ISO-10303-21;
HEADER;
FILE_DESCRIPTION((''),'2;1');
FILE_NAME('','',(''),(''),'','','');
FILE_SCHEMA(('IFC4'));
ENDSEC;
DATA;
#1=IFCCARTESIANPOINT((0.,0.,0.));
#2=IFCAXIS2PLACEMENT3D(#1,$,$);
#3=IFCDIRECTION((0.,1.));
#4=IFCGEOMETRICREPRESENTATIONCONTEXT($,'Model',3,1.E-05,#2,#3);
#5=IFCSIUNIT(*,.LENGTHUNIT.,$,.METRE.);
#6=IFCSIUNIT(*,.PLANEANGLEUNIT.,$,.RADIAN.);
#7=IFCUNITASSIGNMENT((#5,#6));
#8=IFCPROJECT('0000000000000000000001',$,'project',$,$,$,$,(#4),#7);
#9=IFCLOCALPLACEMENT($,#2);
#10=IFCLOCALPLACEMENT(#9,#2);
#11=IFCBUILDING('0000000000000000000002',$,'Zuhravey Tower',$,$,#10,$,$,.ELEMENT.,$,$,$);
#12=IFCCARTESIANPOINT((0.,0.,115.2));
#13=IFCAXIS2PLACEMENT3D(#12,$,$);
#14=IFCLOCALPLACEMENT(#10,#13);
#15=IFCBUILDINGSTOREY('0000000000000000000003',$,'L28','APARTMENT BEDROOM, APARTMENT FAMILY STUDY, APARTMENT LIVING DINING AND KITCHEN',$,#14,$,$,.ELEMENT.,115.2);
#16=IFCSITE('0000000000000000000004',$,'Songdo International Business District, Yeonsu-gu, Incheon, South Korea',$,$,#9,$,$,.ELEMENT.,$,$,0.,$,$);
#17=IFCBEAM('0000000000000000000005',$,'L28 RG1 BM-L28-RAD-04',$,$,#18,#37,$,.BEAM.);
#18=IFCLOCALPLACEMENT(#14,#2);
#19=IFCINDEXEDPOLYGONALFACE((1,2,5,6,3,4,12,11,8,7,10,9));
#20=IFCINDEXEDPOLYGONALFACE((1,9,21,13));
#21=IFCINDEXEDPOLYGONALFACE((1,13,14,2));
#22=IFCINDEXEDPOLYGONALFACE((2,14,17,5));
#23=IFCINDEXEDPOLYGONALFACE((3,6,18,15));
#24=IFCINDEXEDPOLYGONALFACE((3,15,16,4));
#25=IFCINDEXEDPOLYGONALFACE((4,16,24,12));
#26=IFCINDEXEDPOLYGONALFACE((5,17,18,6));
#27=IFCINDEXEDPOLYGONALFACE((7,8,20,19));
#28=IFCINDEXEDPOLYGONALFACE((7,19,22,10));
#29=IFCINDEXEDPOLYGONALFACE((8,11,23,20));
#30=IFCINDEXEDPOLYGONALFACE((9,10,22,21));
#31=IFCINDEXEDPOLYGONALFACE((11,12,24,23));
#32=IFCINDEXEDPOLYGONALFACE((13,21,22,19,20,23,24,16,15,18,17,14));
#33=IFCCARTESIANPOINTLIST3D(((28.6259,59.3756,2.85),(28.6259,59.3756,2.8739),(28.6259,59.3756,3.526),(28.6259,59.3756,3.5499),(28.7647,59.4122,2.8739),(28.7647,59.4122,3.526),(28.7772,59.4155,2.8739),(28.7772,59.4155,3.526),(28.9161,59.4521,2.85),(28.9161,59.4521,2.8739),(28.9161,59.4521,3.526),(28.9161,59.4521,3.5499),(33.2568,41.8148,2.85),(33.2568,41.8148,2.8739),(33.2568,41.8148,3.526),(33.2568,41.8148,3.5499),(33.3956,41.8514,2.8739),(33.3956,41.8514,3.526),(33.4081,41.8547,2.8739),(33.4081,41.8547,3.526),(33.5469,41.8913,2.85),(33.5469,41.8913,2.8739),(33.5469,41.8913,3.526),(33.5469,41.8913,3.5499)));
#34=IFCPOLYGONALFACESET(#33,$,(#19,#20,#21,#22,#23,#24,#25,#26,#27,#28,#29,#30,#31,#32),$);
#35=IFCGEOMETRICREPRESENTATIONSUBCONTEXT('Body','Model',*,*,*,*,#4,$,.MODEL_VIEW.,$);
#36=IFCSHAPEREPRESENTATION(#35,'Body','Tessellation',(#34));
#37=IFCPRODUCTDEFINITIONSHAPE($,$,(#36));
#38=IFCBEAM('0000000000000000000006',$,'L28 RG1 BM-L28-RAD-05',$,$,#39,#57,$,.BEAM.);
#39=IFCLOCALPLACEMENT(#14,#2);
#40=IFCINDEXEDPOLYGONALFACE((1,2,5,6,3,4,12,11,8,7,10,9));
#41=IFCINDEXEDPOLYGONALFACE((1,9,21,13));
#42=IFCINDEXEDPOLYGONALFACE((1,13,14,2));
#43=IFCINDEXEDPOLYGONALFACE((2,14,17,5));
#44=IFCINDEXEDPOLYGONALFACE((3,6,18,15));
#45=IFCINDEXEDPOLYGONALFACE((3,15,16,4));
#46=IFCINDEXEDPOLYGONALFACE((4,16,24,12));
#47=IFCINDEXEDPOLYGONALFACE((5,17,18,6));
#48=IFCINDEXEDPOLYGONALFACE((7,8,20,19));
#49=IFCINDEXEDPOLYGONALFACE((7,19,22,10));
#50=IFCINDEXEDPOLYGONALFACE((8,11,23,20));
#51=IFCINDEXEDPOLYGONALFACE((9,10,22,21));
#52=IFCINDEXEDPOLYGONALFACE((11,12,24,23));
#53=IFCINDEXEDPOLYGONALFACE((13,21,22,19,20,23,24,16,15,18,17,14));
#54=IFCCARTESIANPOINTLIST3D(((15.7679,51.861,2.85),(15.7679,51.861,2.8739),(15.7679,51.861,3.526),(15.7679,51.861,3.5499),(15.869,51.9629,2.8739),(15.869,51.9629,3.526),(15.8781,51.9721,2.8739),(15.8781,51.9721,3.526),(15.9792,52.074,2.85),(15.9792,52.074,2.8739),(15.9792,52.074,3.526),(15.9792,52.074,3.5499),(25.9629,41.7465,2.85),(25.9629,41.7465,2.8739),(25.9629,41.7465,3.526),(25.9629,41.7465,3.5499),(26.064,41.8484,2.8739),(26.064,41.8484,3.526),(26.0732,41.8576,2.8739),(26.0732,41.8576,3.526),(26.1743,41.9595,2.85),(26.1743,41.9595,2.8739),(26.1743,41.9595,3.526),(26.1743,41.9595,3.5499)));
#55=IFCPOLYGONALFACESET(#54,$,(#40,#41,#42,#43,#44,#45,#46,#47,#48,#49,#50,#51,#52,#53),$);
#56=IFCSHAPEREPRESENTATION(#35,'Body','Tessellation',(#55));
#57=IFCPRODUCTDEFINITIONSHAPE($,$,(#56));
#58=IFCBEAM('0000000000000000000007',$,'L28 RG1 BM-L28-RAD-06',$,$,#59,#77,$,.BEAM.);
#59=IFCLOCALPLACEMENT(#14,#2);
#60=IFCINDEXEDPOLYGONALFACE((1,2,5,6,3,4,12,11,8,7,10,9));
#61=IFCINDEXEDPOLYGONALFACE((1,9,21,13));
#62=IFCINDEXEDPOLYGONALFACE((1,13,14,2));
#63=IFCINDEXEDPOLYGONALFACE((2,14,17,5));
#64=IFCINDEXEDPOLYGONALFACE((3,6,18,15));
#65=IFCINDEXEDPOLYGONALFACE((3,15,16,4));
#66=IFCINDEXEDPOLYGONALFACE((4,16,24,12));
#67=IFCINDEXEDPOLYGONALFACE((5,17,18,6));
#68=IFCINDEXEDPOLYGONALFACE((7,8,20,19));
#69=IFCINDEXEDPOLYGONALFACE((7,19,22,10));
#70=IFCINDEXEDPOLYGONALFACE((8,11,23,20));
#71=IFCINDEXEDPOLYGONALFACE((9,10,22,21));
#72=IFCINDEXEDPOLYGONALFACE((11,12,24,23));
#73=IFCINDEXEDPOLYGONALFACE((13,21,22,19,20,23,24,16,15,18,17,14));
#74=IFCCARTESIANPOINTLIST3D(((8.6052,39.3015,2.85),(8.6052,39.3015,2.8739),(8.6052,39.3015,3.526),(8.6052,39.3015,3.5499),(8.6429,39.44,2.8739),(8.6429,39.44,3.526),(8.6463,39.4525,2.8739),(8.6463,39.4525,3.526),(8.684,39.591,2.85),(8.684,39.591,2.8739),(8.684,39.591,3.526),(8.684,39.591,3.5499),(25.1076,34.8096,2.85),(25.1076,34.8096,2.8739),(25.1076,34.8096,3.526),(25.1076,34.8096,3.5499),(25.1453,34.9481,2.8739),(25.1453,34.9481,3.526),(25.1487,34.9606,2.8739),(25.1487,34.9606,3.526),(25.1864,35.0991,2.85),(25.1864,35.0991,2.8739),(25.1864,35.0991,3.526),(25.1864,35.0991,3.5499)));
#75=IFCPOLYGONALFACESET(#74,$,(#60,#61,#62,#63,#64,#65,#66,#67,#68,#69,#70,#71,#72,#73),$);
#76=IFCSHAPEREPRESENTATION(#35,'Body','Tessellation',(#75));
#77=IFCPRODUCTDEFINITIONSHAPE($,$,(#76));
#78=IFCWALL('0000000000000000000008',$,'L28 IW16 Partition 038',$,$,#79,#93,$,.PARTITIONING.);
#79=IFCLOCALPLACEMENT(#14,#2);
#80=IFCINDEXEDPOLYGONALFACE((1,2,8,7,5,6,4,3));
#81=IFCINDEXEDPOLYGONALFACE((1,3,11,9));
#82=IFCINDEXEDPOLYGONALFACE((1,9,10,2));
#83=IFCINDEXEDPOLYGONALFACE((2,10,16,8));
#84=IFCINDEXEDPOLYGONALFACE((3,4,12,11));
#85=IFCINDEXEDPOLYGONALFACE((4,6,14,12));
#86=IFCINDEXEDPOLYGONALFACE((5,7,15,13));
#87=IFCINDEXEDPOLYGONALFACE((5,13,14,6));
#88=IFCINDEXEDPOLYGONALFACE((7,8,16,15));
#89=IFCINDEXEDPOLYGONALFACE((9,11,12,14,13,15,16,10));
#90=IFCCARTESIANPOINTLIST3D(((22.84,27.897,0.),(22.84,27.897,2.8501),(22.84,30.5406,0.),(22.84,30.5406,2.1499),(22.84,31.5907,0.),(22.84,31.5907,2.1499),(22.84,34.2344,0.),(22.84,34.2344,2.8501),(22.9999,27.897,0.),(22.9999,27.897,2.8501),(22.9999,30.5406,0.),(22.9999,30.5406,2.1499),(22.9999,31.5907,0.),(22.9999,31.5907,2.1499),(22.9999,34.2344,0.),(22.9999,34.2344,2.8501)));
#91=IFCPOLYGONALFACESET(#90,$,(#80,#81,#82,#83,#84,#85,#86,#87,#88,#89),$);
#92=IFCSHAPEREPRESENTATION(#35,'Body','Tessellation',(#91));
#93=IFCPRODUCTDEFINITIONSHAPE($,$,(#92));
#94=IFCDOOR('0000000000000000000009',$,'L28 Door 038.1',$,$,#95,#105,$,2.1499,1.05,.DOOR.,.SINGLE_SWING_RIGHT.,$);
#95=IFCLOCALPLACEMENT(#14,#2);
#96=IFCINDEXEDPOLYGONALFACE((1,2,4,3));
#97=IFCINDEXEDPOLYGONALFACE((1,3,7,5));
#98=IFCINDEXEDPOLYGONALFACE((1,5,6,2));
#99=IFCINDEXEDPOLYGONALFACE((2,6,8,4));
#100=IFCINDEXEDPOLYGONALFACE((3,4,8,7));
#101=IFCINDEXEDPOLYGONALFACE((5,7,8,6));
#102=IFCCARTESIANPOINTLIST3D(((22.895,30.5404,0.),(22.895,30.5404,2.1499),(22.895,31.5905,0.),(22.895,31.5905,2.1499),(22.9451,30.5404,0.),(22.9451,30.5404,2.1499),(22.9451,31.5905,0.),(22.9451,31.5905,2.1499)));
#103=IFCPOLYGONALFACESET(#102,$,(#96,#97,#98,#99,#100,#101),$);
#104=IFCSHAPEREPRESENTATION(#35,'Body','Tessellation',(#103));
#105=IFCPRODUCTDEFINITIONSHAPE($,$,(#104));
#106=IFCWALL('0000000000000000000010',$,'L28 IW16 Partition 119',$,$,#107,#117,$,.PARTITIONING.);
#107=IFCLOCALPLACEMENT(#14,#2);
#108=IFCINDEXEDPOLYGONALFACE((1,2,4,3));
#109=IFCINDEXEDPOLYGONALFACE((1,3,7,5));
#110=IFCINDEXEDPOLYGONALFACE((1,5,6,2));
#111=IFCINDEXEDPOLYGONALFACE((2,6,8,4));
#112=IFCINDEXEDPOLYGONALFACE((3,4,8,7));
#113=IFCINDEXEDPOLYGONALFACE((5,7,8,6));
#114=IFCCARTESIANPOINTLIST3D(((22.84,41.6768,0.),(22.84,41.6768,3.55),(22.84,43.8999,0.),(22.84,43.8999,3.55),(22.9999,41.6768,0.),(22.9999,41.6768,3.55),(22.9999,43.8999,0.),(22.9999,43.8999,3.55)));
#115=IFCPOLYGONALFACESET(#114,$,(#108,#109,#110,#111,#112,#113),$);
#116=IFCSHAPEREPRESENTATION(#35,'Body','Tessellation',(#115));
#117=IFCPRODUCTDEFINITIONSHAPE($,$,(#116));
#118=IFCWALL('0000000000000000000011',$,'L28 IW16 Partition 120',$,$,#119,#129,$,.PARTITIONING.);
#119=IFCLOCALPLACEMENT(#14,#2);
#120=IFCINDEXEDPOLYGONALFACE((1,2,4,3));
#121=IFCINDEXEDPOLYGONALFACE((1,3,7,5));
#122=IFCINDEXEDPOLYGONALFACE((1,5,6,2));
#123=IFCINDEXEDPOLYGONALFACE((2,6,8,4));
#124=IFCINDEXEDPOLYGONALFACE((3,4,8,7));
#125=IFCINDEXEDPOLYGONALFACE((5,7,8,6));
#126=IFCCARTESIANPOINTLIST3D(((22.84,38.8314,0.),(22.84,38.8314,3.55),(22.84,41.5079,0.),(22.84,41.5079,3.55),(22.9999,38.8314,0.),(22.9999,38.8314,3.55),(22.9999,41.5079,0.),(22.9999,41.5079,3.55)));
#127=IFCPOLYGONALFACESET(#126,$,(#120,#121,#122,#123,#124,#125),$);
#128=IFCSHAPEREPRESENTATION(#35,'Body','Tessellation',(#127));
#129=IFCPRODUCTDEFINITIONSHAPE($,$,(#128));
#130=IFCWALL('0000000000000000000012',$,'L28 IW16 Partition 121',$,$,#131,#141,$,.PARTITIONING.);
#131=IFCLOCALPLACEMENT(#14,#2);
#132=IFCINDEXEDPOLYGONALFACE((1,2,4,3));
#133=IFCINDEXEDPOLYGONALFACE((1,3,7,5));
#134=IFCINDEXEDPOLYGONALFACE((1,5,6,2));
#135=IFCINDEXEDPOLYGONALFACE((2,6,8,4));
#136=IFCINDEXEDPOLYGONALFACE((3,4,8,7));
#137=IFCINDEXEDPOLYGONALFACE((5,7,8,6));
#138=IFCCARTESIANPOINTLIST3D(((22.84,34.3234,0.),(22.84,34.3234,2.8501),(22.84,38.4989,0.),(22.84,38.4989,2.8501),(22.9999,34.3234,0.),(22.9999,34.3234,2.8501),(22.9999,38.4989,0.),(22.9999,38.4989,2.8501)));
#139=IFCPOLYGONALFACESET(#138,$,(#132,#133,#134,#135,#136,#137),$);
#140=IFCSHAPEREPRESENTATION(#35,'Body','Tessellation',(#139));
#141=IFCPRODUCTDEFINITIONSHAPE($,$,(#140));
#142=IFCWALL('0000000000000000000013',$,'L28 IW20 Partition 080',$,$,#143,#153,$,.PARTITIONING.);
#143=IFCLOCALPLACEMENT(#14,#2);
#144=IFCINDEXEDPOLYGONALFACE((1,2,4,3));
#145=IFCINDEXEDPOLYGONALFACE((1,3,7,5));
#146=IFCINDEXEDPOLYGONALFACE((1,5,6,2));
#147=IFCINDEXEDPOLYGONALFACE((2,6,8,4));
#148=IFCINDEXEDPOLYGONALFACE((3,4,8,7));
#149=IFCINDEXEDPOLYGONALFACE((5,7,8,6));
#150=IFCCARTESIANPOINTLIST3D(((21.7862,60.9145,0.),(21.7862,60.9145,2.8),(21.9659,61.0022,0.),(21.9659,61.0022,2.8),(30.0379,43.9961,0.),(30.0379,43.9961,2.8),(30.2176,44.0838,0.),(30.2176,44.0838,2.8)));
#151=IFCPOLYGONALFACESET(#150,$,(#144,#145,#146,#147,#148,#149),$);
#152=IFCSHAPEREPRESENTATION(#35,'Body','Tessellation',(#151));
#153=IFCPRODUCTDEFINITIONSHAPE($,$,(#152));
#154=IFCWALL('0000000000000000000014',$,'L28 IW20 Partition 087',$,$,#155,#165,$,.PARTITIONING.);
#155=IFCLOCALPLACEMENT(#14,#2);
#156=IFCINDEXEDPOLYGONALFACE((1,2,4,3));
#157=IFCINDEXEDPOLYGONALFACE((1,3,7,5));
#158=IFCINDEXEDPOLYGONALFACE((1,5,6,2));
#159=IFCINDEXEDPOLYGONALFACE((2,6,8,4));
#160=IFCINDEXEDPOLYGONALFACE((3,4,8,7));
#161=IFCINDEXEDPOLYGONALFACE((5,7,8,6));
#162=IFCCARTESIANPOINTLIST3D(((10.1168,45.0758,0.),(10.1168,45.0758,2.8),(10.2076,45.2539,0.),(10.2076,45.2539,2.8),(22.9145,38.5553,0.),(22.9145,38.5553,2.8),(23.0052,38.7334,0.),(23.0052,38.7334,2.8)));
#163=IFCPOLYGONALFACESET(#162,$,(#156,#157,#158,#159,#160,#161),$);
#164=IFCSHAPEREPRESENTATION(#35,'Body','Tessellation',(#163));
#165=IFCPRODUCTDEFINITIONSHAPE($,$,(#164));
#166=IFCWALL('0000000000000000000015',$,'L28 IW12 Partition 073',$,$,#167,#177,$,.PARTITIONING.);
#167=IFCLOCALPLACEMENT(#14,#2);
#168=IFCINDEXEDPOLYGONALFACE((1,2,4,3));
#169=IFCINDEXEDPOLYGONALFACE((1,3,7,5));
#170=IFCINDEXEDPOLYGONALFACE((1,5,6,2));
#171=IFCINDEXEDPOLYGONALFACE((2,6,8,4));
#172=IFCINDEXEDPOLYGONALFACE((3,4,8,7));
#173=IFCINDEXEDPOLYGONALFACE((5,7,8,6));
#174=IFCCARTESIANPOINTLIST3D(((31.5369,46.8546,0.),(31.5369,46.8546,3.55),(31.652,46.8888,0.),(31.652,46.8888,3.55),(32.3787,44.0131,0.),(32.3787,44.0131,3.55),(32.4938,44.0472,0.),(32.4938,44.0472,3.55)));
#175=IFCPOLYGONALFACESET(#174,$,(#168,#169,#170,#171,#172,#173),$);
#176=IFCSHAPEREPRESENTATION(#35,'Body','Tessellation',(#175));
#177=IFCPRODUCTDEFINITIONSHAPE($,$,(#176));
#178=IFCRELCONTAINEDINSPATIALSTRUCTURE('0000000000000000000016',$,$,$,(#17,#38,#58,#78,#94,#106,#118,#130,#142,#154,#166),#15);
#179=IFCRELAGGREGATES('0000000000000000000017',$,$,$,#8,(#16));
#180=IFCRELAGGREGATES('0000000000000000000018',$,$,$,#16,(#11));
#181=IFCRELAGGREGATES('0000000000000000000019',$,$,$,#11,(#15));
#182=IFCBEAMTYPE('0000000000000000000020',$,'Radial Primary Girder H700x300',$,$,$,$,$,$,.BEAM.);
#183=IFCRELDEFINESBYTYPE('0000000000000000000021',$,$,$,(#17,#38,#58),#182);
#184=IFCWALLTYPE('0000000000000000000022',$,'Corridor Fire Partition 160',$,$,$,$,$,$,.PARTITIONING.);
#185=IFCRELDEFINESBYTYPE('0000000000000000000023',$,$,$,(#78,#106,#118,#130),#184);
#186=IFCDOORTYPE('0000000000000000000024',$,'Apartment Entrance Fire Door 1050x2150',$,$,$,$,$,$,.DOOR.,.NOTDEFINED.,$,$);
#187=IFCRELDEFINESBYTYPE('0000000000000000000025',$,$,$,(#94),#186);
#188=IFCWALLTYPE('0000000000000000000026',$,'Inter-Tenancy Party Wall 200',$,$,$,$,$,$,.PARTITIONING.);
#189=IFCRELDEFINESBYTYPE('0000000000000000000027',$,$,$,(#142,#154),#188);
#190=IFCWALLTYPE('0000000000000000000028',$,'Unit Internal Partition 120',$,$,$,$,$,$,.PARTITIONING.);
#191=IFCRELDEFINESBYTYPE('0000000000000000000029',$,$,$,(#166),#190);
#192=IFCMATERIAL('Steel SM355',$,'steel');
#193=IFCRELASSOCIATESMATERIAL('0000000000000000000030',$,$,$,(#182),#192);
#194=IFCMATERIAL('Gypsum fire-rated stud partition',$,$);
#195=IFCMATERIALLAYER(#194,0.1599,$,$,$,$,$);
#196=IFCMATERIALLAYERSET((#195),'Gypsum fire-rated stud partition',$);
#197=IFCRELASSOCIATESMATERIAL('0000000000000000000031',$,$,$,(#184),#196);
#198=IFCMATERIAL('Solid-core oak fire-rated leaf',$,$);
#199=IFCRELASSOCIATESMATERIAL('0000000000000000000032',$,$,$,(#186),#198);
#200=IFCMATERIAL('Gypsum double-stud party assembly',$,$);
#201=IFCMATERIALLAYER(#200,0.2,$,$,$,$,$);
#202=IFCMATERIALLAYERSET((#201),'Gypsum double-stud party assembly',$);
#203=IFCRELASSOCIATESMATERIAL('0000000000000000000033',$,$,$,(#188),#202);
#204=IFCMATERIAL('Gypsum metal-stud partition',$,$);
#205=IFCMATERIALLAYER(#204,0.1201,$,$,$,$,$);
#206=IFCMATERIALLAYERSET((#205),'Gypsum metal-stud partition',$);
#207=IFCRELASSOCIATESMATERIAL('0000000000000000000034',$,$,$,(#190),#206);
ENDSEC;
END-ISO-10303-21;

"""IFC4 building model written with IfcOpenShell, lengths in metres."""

from ifc_helpers import new_model, si_unit, direction, frame, frame_2d, origin, origin_2d, place, context, subcontext, project, spatial, rectangle, i_section, extrude, material, layer, layer_set, material_profile, profile_set, type_object, element, fill, save


model = new_model("IFC4")

# Units and contexts
model_context = context("Model", 3, precision=1e-05, world=origin(), true_north=direction((0.0, 1.0)))
body_context = subcontext(model_context, "Body", "Model", "MODEL_VIEW")
ifc_project = project(units=[si_unit("LENGTHUNIT", "METRE"), si_unit("PLANEANGLEUNIT", "RADIAN")], contexts=[model_context])

# Site, building, storey
site_placement = place(None, origin())
site = spatial("IfcSite", under=ifc_project, at=site_placement, Name="Songdo International Business District, Yeonsu-gu, Incheon, South Korea", CompositionType="ELEMENT", RefElevation=0.0)
building_placement = place(site_placement, origin())
building = spatial("IfcBuilding", under=site, at=building_placement, Name="Zuhravey Tower", CompositionType="ELEMENT")
storey_placement = place(building_placement, frame((0.0, 0.0, 115.2)))
storey = spatial("IfcBuildingStorey", under=building, at=storey_placement, Name="L28", Description="APARTMENT BEDROOM, APARTMENT FAMILY STUDY, APARTMENT LIVING DINING AND KITCHEN", CompositionType="ELEMENT", Elevation=115.2)

# Beams
ifc_material_1 = material(Name="Steel SM355", Category="steel")
ifc_material_profile = material_profile(ifc_material_1, i_section(OverallWidth=0.3, OverallDepth=0.7, WebThickness=0.0129, FlangeThickness=0.0239, at=origin_2d()), Name="H-700x300x13x24")
ifc_profile_set = profile_set([ifc_material_profile], Name="Steel SM355")
beam_type = type_object("IfcBeamType", Name="Radial Primary Girder H700x300", PredefinedType="BEAM", material=ifc_profile_set)
beam_1_placement = place(storey_placement, frame((33.4019, 41.853, 3.2), z_axis=(-0.254988, 0.966944, 0.0), x_axis=(-0.966944, -0.254988, 0.0)))
element("IfcBeam", 1, at=beam_1_placement, inside=storey, type_object=beam_type, Name="L28 RG1 BM-L28-RAD-04", PredefinedType="BEAM", context=body_context, shape_type="SweptSolid", body=[
    extrude(i_section(OverallWidth=0.3, OverallDepth=0.7, WebThickness=0.0129, FlangeThickness=0.0239, at=origin_2d()), origin(), (0.0, 0.0, 1.0), 18.1611),
])
beam_2_placement = place(storey_placement, frame((26.0686, 41.853, 3.2), z_axis=(-0.709906, 0.704296, 0.0), x_axis=(-0.704296, -0.709906, 0.0)))
element("IfcBeam", 2, at=beam_2_placement, inside=storey, type_object=beam_type, Name="L28 RG1 BM-L28-RAD-05", PredefinedType="BEAM", context=body_context, shape_type="SweptSolid", body=[
    extrude(i_section(OverallWidth=0.3, OverallDepth=0.7, WebThickness=0.0129, FlangeThickness=0.0239, at=origin_2d()), origin(), (0.0, 0.0, 1.0), 14.3611),
])
beam_3_placement = place(storey_placement, frame((25.147, 34.9543, 3.2), z_axis=(-0.964893, 0.262643, 0.0), x_axis=(-0.262643, -0.964893, 0.0)))
element("IfcBeam", 3, at=beam_3_placement, inside=storey, type_object=beam_type, Name="L28 RG1 BM-L28-RAD-06", PredefinedType="BEAM", context=body_context, shape_type="SweptSolid", body=[
    extrude(i_section(OverallWidth=0.3, OverallDepth=0.7, WebThickness=0.0129, FlangeThickness=0.0239, at=origin_2d()), origin(), (0.0, 0.0, 1.0), 17.1028),
])

# Wall, opening, door
ifc_material_2 = material(Name="Gypsum fire-rated stud partition")
ifc_layer_1 = layer(ifc_material_2, 0.1599)
ifc_layer_set_1 = layer_set([ifc_layer_1], Name="Gypsum fire-rated stud partition")
wall_type_1 = type_object("IfcWallType", Name="Corridor Fire Partition 160", PredefinedType="PARTITIONING", material=ifc_layer_set_1)
wall_1_placement = place(storey_placement, frame((22.9199, 34.2344, 0.0), z_axis=(0.0, 0.0, 1.0), x_axis=(0.0, -1.0, 0.0)))
wall_1 = element("IfcWall", 4, at=wall_1_placement, inside=storey, type_object=wall_type_1, Name="L28 IW16 Partition 038", PredefinedType="PARTITIONING", context=body_context, shape_type="SweptSolid", body=[
    extrude(rectangle(XDim=6.3374, YDim=0.1599, at=frame_2d((3.1687, 0.0))), origin(), (0.0, 0.0, 1.0), 2.8501),
])
opening_placement = place(wall_1_placement, frame((2.6438, 0.0, 0.0)))
opening = element("IfcOpeningElement", 5, at=opening_placement, cuts=wall_1, PredefinedType="OPENING", context=body_context, shape_type="SweptSolid", body=[
    extrude(rectangle(XDim=1.05, YDim=2.1499, at=frame_2d((0.5249, 1.075))), frame((0.0, 0.092, 0.0), z_axis=(0.0, -1.0, 0.0), x_axis=(1.0, 0.0, 0.0)), (0.0, 0.0, 1.0), 0.1838),
])
ifc_material_3 = material(Name="Solid-core oak fire-rated leaf")
door_type = type_object("IfcDoorType", Name="Apartment Entrance Fire Door 1050x2150", OperationType="NOTDEFINED", PredefinedType="DOOR", material=ifc_material_3)
door_placement = place(opening_placement, frame((1.05, 0.0, 0.0), z_axis=(0.0, 0.0, 1.0), x_axis=(-1.0, 0.0, 0.0)))
door = element("IfcDoor", 6, at=door_placement, inside=storey, type_object=door_type, Name="L28 Door 038.1", OperationType="SINGLE_SWING_RIGHT", OverallHeight=2.1499, OverallWidth=1.05, PredefinedType="DOOR", context=body_context, shape_type="SweptSolid", body=[
    extrude(rectangle(XDim=1.05, YDim=2.1499, at=frame_2d((0.5249, 1.075))), frame((0.0, 0.0249, 0.0), z_axis=(0.0, -1.0, 0.0), x_axis=(1.0, 0.0, 0.0)), (0.0, 0.0, 1.0), 0.05),
])
fill(opening, door)

# Walls
wall_2_placement = place(storey_placement, frame((22.9199, 43.8999, 0.0), z_axis=(0.0, 0.0, 1.0), x_axis=(0.0, -1.0, 0.0)))
element("IfcWall", 7, at=wall_2_placement, inside=storey, type_object=wall_type_1, Name="L28 IW16 Partition 119", PredefinedType="PARTITIONING", context=body_context, shape_type="SweptSolid", body=[
    extrude(rectangle(XDim=2.2231, YDim=0.1599, at=frame_2d((1.1116, 0.0))), origin(), (0.0, 0.0, 1.0), 3.55),
])
wall_3_placement = place(storey_placement, frame((22.9199, 41.5081, 0.0), z_axis=(0.0, 0.0, 1.0), x_axis=(0.0, -1.0, 0.0)))
element("IfcWall", 8, at=wall_3_placement, inside=storey, type_object=wall_type_1, Name="L28 IW16 Partition 120", PredefinedType="PARTITIONING", context=body_context, shape_type="SweptSolid", body=[
    extrude(rectangle(XDim=2.6765, YDim=0.1599, at=frame_2d((1.3384, 0.0))), origin(), (0.0, 0.0, 1.0), 3.55),
])
wall_4_placement = place(storey_placement, frame((22.9199, 38.499, 0.0), z_axis=(0.0, 0.0, 1.0), x_axis=(0.0, -1.0, 0.0)))
element("IfcWall", 9, at=wall_4_placement, inside=storey, type_object=wall_type_1, Name="L28 IW16 Partition 121", PredefinedType="PARTITIONING", context=body_context, shape_type="SweptSolid", body=[
    extrude(rectangle(XDim=4.1755, YDim=0.1599, at=frame_2d((2.0879, 0.0))), origin(), (0.0, 0.0, 1.0), 2.8501),
])
ifc_material_4 = material(Name="Gypsum double-stud party assembly")
ifc_layer_2 = layer(ifc_material_4, 0.2)
ifc_layer_set_2 = layer_set([ifc_layer_2], Name="Gypsum double-stud party assembly")
wall_type_2 = type_object("IfcWallType", Name="Inter-Tenancy Party Wall 200", PredefinedType="PARTITIONING", material=ifc_layer_set_2)
wall_5_placement = place(storey_placement, frame((30.1277, 44.04, 0.0), z_axis=(0.0, 0.0, 1.0), x_axis=(-0.438372, 0.898793, 0.0)))
element("IfcWall", 10, at=wall_5_placement, inside=storey, type_object=wall_type_2, Name="L28 IW20 Partition 080", PredefinedType="PARTITIONING", context=body_context, shape_type="SweptSolid", body=[
    extrude(rectangle(XDim=18.8235, YDim=0.2, at=frame_2d((9.4116, 0.0))), origin(), (0.0, 0.0, 1.0), 2.8),
])
wall_6_placement = place(storey_placement, frame((22.96, 38.6443, 0.0), z_axis=(0.0, 0.0, 1.0), x_axis=(-0.891012, 0.45398, 0.0)))
element("IfcWall", 11, at=wall_6_placement, inside=storey, type_object=wall_type_2, Name="L28 IW20 Partition 087", PredefinedType="PARTITIONING", context=body_context, shape_type="SweptSolid", body=[
    extrude(rectangle(XDim=14.363, YDim=0.2, at=frame_2d((7.1816, 0.0))), origin(), (0.0, 0.0, 1.0), 2.8),
])
ifc_material_5 = material(Name="Gypsum metal-stud partition")
ifc_layer_3 = layer(ifc_material_5, 0.1201)
ifc_layer_set_3 = layer_set([ifc_layer_3], Name="Gypsum metal-stud partition")
wall_type_3 = type_object("IfcWallType", Name="Unit Internal Partition 120", PredefinedType="PARTITIONING", material=ifc_layer_set_3)
wall_7_placement = place(storey_placement, frame((32.4363, 44.03, 0.0), z_axis=(0.0, 0.0, 1.0), x_axis=(-0.284043, 0.958811, 0.0)))
element("IfcWall", 12, at=wall_7_placement, inside=storey, type_object=wall_type_3, Name="L28 IW12 Partition 073", PredefinedType="PARTITIONING", context=body_context, shape_type="SweptSolid", body=[
    extrude(rectangle(XDim=2.9636, YDim=0.1201, at=frame_2d((1.4819, 0.0))), origin(), (0.0, 0.0, 1.0), 3.55),
])

save(model, "model.ifc")
